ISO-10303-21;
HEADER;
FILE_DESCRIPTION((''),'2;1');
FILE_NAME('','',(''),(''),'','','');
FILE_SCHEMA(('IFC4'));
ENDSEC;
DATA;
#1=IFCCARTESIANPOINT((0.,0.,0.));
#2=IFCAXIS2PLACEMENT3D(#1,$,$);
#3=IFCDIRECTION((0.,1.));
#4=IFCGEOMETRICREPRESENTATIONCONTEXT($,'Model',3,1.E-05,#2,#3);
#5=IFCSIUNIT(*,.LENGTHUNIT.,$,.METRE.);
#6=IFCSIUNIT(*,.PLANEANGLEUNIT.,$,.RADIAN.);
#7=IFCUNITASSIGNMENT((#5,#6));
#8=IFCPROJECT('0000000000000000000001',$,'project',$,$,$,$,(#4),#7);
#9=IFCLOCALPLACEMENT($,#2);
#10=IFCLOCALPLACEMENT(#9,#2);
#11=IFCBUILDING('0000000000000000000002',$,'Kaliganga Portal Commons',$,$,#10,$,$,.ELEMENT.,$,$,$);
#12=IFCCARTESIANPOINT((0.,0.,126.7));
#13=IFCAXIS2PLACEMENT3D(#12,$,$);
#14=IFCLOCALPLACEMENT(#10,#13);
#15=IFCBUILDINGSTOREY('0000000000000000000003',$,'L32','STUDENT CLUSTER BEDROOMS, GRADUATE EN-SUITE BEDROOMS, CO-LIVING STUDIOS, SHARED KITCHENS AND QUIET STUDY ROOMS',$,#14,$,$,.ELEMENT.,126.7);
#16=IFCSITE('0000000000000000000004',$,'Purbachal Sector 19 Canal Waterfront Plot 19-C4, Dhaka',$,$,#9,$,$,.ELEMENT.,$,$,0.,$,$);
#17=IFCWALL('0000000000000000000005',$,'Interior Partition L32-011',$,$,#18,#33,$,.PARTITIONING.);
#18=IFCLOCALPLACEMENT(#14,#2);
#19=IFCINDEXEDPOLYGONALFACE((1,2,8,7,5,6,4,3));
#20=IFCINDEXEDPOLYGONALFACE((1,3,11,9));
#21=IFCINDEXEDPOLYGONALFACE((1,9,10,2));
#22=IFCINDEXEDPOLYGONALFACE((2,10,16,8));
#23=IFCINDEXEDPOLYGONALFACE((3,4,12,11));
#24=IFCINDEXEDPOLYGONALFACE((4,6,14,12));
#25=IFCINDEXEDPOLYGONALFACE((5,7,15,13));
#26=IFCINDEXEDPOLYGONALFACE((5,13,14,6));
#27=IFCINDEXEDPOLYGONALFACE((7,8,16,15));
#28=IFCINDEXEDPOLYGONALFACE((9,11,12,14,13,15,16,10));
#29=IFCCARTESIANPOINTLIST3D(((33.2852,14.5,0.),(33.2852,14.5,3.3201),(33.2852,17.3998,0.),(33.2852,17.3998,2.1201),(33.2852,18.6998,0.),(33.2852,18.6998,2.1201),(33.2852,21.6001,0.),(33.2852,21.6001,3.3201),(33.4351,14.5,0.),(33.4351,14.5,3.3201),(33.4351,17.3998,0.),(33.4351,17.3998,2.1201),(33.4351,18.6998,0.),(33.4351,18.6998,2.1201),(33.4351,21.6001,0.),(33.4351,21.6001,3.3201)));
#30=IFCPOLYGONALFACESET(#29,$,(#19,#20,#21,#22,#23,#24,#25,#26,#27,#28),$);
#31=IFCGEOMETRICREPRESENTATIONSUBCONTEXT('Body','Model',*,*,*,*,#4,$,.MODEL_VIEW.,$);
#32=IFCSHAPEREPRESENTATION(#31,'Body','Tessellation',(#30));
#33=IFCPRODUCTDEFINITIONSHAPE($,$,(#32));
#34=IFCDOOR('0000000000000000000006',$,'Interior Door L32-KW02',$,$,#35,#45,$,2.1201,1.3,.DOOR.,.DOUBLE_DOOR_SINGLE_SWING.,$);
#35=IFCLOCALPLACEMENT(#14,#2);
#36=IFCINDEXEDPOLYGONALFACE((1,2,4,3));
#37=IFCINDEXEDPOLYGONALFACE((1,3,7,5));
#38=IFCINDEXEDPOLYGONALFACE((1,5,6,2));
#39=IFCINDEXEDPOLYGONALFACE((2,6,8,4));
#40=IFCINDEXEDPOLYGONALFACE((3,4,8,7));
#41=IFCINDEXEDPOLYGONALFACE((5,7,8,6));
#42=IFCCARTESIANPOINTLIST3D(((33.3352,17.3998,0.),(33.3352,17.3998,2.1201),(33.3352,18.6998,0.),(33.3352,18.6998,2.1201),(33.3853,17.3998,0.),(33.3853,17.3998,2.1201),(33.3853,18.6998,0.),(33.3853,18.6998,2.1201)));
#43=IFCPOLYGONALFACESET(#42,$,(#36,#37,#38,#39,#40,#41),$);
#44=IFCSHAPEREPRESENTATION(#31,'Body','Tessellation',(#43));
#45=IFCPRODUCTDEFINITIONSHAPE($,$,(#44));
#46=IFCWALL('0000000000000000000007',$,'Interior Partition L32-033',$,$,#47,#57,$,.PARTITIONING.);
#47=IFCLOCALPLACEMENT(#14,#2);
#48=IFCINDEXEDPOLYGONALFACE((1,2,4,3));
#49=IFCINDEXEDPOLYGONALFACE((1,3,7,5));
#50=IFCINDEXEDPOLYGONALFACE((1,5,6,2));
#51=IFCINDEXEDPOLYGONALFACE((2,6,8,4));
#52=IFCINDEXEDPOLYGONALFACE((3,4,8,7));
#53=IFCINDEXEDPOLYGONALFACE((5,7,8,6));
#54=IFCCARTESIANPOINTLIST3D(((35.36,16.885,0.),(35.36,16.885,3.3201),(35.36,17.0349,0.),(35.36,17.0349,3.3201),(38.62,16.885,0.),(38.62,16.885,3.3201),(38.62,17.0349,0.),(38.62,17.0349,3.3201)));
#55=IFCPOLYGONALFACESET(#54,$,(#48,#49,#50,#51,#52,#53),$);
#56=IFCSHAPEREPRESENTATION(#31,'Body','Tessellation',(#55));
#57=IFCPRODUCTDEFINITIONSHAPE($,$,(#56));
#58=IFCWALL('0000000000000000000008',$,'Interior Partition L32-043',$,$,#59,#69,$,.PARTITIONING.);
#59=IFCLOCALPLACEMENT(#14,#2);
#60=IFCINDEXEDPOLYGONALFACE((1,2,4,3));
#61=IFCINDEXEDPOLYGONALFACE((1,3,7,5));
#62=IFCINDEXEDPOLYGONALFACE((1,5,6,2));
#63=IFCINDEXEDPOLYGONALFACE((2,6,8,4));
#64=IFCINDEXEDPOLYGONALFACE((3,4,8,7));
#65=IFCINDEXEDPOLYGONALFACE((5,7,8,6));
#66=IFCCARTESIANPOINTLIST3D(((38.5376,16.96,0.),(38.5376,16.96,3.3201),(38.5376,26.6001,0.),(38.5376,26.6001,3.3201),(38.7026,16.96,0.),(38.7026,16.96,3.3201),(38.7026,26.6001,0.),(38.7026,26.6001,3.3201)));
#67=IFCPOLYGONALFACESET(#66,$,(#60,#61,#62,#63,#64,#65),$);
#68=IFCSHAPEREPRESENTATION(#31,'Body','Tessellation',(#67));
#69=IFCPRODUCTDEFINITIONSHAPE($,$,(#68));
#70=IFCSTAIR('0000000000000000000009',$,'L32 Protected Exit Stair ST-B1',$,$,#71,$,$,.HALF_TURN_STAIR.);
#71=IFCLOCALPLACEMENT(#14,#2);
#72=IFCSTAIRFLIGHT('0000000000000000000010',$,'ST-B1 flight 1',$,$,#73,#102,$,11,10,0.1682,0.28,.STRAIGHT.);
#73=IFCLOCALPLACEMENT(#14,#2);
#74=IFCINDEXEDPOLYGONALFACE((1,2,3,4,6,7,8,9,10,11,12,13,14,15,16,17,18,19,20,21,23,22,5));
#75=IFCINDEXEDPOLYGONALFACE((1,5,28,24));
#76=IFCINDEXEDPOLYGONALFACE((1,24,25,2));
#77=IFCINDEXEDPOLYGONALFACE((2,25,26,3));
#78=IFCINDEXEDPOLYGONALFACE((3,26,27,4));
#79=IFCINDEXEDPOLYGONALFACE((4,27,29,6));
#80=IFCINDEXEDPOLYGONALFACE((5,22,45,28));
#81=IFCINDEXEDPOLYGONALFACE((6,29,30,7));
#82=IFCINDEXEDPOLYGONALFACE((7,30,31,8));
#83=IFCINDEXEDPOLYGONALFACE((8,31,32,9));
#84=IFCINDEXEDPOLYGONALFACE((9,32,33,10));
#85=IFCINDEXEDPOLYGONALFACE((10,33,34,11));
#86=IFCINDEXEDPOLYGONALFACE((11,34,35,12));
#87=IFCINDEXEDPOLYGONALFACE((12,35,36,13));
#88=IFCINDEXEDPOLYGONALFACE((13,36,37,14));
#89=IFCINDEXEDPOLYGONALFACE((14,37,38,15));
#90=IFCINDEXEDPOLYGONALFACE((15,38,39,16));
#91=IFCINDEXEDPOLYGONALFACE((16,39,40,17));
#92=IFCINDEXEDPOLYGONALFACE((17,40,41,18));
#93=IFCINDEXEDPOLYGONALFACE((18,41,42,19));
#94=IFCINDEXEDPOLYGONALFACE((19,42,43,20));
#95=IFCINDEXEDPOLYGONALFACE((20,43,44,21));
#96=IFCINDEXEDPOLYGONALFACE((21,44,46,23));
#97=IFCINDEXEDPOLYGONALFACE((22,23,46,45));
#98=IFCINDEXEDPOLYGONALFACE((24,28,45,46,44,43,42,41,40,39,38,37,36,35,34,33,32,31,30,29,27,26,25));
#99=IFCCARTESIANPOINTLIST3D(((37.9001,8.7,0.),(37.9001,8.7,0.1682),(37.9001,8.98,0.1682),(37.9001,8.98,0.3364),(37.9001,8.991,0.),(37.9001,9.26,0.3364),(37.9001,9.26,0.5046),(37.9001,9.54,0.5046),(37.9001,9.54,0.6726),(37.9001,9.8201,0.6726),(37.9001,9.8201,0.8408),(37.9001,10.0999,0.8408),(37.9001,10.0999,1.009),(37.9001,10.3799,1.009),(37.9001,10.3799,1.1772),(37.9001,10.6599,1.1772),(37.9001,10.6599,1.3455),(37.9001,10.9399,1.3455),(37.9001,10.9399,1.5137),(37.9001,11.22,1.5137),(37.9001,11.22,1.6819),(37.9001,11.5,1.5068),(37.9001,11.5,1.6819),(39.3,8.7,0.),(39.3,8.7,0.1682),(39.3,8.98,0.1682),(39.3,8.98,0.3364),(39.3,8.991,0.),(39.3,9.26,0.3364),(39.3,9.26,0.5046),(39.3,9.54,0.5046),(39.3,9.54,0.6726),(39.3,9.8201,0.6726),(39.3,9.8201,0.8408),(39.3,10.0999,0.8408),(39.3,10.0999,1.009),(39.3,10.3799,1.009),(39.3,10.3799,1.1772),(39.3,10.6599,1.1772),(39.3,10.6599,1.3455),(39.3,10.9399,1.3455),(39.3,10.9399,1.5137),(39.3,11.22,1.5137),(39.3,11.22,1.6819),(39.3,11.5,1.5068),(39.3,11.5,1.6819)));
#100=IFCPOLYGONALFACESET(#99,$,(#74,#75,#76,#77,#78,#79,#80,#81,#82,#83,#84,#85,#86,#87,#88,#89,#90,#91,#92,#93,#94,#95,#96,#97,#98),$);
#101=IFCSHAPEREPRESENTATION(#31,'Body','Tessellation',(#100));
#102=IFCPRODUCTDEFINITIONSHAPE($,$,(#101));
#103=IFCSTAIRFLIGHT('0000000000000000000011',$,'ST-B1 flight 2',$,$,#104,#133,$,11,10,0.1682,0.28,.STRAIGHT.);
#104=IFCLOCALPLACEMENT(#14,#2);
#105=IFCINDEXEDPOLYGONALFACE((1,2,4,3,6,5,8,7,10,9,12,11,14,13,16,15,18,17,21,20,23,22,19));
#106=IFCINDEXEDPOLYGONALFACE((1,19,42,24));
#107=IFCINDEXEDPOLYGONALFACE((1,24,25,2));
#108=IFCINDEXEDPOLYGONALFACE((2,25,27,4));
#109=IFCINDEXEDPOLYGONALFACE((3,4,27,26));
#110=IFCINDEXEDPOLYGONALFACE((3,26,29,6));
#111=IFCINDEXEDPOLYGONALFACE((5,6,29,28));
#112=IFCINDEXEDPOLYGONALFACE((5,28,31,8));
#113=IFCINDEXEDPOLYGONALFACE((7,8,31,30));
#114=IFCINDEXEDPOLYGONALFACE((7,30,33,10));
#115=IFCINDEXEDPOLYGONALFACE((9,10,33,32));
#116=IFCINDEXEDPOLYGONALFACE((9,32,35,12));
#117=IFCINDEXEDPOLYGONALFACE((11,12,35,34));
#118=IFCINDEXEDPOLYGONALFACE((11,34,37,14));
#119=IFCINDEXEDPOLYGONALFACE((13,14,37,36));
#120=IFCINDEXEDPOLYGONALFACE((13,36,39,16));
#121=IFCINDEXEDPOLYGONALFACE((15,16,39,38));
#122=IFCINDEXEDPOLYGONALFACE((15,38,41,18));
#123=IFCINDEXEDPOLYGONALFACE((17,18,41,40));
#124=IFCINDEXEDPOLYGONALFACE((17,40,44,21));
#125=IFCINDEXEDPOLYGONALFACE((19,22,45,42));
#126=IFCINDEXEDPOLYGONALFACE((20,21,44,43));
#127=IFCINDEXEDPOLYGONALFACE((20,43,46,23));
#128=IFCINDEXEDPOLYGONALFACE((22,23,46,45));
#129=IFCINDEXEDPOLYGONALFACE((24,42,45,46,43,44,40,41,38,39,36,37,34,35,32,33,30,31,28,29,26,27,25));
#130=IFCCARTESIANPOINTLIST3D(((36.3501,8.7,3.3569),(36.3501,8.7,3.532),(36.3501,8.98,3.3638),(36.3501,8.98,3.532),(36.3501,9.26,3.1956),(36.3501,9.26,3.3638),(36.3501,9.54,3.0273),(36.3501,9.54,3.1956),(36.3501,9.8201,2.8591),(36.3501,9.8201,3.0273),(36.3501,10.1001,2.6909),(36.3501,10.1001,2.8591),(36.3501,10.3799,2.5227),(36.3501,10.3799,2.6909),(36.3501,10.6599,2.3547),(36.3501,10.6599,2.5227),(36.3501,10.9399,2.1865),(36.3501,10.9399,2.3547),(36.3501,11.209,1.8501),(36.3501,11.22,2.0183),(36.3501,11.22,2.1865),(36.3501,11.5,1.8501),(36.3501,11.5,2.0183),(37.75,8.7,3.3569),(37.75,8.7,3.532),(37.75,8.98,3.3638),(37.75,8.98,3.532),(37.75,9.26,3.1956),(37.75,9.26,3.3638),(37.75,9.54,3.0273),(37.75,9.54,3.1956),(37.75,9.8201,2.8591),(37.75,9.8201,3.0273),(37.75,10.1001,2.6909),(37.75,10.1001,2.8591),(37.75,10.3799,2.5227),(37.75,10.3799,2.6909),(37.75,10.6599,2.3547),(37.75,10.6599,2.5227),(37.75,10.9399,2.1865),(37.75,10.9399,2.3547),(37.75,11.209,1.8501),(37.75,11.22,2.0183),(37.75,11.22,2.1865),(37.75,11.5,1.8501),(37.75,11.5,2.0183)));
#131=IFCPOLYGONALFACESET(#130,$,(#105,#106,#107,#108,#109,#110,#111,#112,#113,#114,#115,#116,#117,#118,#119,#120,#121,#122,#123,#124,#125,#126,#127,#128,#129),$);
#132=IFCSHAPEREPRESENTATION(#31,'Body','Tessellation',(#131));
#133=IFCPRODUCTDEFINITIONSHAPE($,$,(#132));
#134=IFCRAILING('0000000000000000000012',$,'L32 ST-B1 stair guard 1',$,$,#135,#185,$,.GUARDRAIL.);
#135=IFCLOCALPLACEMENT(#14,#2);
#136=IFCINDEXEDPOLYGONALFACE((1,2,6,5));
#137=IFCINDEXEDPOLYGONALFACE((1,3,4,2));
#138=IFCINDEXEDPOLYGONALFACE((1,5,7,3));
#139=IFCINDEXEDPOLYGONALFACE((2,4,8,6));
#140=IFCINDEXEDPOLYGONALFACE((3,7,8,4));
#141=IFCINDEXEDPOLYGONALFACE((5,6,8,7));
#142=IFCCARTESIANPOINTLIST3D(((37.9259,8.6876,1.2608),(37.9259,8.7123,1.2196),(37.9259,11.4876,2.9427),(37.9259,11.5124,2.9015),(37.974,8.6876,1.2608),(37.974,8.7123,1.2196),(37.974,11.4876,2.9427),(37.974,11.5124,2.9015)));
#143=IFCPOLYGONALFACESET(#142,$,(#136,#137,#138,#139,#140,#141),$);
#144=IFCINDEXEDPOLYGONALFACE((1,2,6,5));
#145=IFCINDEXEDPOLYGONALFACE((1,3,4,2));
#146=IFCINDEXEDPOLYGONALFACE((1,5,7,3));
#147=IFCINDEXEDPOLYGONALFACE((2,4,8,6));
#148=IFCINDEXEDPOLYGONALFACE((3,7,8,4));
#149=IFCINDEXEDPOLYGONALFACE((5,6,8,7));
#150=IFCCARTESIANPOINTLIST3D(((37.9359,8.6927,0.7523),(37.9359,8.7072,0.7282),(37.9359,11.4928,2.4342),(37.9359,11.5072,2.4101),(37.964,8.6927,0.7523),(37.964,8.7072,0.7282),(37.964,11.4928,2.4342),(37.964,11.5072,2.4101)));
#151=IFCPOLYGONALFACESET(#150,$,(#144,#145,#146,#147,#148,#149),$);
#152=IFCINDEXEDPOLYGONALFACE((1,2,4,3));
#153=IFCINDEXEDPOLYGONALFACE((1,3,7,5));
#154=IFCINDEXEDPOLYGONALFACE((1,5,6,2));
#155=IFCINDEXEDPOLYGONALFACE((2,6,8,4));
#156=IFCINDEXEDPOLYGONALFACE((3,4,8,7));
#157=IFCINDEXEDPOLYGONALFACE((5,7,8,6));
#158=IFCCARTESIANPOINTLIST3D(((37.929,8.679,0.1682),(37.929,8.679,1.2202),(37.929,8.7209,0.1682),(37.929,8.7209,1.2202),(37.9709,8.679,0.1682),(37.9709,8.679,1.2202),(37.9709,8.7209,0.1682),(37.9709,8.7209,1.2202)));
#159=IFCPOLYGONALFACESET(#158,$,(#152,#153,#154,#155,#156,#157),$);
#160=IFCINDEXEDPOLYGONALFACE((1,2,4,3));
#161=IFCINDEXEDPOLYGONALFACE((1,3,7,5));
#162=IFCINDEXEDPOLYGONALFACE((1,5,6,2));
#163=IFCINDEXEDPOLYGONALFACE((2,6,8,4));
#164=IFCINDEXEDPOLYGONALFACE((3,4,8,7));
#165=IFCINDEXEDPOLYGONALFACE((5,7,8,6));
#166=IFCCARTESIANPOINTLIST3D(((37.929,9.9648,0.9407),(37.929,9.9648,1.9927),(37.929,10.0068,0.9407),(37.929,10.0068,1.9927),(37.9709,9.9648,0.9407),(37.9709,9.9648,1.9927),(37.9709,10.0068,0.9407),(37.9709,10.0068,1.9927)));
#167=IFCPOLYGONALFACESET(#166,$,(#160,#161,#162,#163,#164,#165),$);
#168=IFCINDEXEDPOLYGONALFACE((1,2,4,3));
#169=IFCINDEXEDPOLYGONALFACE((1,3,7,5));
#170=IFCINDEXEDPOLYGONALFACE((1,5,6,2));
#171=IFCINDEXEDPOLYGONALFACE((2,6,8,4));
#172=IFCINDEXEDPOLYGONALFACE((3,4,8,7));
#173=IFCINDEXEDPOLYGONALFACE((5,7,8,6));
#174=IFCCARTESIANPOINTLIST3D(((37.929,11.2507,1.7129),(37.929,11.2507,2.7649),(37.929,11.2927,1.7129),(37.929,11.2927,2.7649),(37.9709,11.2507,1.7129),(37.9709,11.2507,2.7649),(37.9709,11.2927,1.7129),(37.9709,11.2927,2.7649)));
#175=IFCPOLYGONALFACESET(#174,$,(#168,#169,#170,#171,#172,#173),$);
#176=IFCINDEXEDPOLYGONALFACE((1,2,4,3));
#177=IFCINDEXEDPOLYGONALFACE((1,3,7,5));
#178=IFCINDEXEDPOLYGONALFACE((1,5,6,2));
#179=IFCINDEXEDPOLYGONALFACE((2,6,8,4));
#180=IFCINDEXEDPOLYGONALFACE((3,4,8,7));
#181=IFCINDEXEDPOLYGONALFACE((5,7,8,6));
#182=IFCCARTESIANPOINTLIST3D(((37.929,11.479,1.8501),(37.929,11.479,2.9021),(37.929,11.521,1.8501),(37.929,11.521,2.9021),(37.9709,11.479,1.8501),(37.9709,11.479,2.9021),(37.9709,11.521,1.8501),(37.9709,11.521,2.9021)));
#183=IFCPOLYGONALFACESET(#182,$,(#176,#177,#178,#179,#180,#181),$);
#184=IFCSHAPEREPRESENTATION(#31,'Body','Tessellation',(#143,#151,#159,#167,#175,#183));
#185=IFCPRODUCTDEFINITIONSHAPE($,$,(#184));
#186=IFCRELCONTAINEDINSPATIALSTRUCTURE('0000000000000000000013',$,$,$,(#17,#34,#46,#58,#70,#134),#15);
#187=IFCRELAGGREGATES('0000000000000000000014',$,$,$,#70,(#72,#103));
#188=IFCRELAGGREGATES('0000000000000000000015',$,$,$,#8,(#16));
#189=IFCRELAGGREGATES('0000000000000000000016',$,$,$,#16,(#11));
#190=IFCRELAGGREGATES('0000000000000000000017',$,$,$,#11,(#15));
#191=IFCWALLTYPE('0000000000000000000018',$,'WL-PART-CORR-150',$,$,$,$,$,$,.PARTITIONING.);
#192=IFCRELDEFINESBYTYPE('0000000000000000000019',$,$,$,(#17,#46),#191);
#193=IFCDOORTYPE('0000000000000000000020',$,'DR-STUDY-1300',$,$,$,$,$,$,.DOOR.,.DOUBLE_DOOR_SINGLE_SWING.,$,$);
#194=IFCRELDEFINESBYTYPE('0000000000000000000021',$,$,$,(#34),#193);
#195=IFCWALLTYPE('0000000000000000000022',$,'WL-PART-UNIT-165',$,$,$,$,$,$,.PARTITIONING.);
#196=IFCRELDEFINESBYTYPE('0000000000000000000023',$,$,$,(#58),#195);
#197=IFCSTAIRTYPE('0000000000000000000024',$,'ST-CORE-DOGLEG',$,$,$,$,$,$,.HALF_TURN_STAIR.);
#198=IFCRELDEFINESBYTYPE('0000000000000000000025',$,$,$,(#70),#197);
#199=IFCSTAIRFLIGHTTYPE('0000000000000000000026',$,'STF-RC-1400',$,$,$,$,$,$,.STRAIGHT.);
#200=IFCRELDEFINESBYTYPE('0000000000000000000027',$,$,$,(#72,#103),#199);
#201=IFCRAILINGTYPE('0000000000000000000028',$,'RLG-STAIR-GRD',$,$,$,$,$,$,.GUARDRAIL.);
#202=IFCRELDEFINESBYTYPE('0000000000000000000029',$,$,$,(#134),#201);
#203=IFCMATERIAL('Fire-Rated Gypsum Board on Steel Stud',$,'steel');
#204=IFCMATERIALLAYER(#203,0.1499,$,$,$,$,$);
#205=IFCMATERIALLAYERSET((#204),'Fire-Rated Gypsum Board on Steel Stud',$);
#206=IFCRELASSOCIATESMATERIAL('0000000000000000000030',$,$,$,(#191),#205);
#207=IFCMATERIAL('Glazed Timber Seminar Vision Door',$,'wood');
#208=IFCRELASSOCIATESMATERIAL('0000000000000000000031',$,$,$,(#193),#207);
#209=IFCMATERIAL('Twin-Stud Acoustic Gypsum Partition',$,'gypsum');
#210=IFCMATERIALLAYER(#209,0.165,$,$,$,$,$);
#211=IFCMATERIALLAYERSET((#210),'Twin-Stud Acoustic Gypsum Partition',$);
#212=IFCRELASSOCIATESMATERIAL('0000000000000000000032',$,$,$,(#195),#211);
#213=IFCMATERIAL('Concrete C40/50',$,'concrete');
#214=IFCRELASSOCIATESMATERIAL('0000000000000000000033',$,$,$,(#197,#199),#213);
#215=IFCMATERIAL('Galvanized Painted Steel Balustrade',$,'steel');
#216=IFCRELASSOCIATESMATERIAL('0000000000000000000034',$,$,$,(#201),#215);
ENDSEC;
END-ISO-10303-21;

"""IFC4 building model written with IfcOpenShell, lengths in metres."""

from ifc_helpers import new_model, si_unit, direction, frame, frame_2d, origin, origin_2d, place, context, subcontext, project, spatial, polyline, rectangle, outline, extrude, material, layer, layer_set, type_object, element, fill, aggregate, save


model = new_model("IFC4")

# Units and contexts
model_context = context("Model", 3, precision=1e-05, world=origin(), true_north=direction((0.0, 1.0)))
body_context = subcontext(model_context, "Body", "Model", "MODEL_VIEW")
ifc_project = project(units=[si_unit("LENGTHUNIT", "METRE"), si_unit("PLANEANGLEUNIT", "RADIAN")], contexts=[model_context])

# Site, building, storey
site_placement = place(None, origin())
site = spatial("IfcSite", under=ifc_project, at=site_placement, Name="Purbachal Sector 19 Canal Waterfront Plot 19-C4, Dhaka", CompositionType="ELEMENT", RefElevation=0.0)
building_placement = place(site_placement, origin())
building = spatial("IfcBuilding", under=site, at=building_placement, Name="Kaliganga Portal Commons", CompositionType="ELEMENT")
storey_placement = place(building_placement, frame((0.0, 0.0, 126.7)))
storey = spatial("IfcBuildingStorey", under=building, at=storey_placement, Name="L32", Description="STUDENT CLUSTER BEDROOMS, GRADUATE EN-SUITE BEDROOMS, CO-LIVING STUDIOS, SHARED KITCHENS AND QUIET STUDY ROOMS", CompositionType="ELEMENT", Elevation=126.7)

# Wall, opening, door
ifc_material_1 = material(Name="Fire-Rated Gypsum Board on Steel Stud", Category="steel")
ifc_layer_1 = layer(ifc_material_1, 0.1499)
ifc_layer_set_1 = layer_set([ifc_layer_1], Name="Fire-Rated Gypsum Board on Steel Stud")
wall_type_1 = type_object("IfcWallType", Name="WL-PART-CORR-150", PredefinedType="PARTITIONING", material=ifc_layer_set_1)
ifc_material_2 = material(Name="Glazed Timber Seminar Vision Door", Category="wood")
door_type = type_object("IfcDoorType", Name="DR-STUDY-1300", OperationType="DOUBLE_DOOR_SINGLE_SWING", PredefinedType="DOOR", material=ifc_material_2)
wall_1_placement = place(storey_placement, frame((33.3601, 14.5, 0.0), z_axis=(0.0, 0.0, 1.0), x_axis=(0.0, 1.0, 0.0)))
wall_1 = element("IfcWall", 1, at=wall_1_placement, inside=storey, type_object=wall_type_1, Name="Interior Partition L32-011", PredefinedType="PARTITIONING", context=body_context, shape_type="SweptSolid", body=[
    extrude(rectangle(XDim=7.1001, YDim=0.1499, at=frame_2d((3.55, 0.0))), origin(), (0.0, 0.0, 1.0), 3.3201),
])
opening_1_placement = place(wall_1_placement, frame((2.8999, 0.0, 0.0)))
opening_1 = element("IfcOpeningElement", 2, at=opening_1_placement, cuts=wall_1, PredefinedType="OPENING", context=body_context, shape_type="SweptSolid", body=[
    extrude(rectangle(XDim=1.3, YDim=2.1201, at=frame_2d((0.6499, 1.0601))), frame((0.0, 0.085, 0.0), z_axis=(0.0, -1.0, 0.0), x_axis=(1.0, 0.0, 0.0)), (0.0, 0.0, 1.0), 0.1699),
])
door_1_placement = place(opening_1_placement, origin())
door_1 = element("IfcDoor", 3, at=door_1_placement, inside=storey, type_object=door_type, Name="Interior Door L32-KW02", OperationType="DOUBLE_DOOR_SINGLE_SWING", OverallHeight=2.1201, OverallWidth=1.3, PredefinedType="DOOR", context=body_context, shape_type="SweptSolid", body=[
    extrude(rectangle(XDim=1.3, YDim=2.1201, at=frame_2d((0.6499, 1.0601))), frame((0.0, 0.0249, 0.0), z_axis=(0.0, -1.0, 0.0), x_axis=(1.0, 0.0, 0.0)), (0.0, 0.0, 1.0), 0.05),
])
fill(opening_1, door_1)

# Walls
wall_2_placement = place(storey_placement, frame((35.3601, 16.96, 0.0), z_axis=(0.0, 0.0, 1.0), x_axis=(1.0, 0.0, 0.0)))
element("IfcWall", 4, at=wall_2_placement, inside=storey, type_object=wall_type_1, Name="Interior Partition L32-033", PredefinedType="PARTITIONING", context=body_context, shape_type="SweptSolid", body=[
    extrude(rectangle(XDim=3.26, YDim=0.1499, at=frame_2d((1.6299, 0.0))), origin(), (0.0, 0.0, 1.0), 3.3201),
])
ifc_material_3 = material(Name="Twin-Stud Acoustic Gypsum Partition", Category="gypsum")
ifc_layer_2 = layer(ifc_material_3, 0.165)
ifc_layer_set_2 = layer_set([ifc_layer_2], Name="Twin-Stud Acoustic Gypsum Partition")
wall_type_2 = type_object("IfcWallType", Name="WL-PART-UNIT-165", PredefinedType="PARTITIONING", material=ifc_layer_set_2)
wall_3_placement = place(storey_placement, frame((38.6201, 16.96, 0.0), z_axis=(0.0, 0.0, 1.0), x_axis=(0.0, 1.0, 0.0)))
element("IfcWall", 5, at=wall_3_placement, inside=storey, type_object=wall_type_2, Name="Interior Partition L32-043", PredefinedType="PARTITIONING", context=body_context, shape_type="SweptSolid", body=[
    extrude(rectangle(XDim=9.6401, YDim=0.165, at=frame_2d((4.8201, 0.0))), origin(), (0.0, 0.0, 1.0), 3.3201),
])

# Stair, stair flights
ifc_material_4 = material(Name="Concrete C40/50", Category="concrete")
stair_type = type_object("IfcStairType", Name="ST-CORE-DOGLEG", PredefinedType="HALF_TURN_STAIR", material=ifc_material_4)
stair_placement = place(storey_placement, origin())
stair = element("IfcStair", 6, at=stair_placement, inside=storey, type_object=stair_type, Name="L32 Protected Exit Stair ST-B1", PredefinedType="HALF_TURN_STAIR")
stair_flight_type = type_object("IfcStairFlightType", Name="STF-RC-1400", PredefinedType="STRAIGHT", material=ifc_material_4)
stair_flight_1_placement = place(storey_placement, frame((38.6001, 8.7, 0.0), z_axis=(0.0, 0.0, 1.0), x_axis=(0.0, 1.0, 0.0)))
stair_flight_1 = element("IfcStairFlight", 7, at=stair_flight_1_placement, type_object=stair_flight_type, Name="ST-B1 flight 1", NumberOfRisers=11, NumberOfTreads=10, PredefinedType="STRAIGHT", RiserHeight=0.1682, TreadLength=0.28, context=body_context, shape_type="SweptSolid", body=[
    extrude(outline(polyline([(0.0, 0.0), (0.0, 0.1682), (0.28, 0.1682), (0.28, 0.3364), (0.5601, 0.3364), (0.5601, 0.5046), (0.8401, 0.5046), (0.8401, 0.6726), (1.1201, 0.6726), (1.1201, 0.8408), (1.3999, 0.8408), (1.3999, 1.009), (1.6799, 1.009), (1.6799, 1.1772), (1.96, 1.1772), (1.96, 1.3455), (2.24, 1.3455), (2.24, 1.5137), (2.52, 1.5137), (2.52, 1.6819), (2.8, 1.6819), (2.8, 1.8501), (2.8, 1.5068), (0.291, 0.0), (0.0, 0.0)])), frame((0.0, 0.7, 0.0), z_axis=(0.0, -1.0, 0.0), x_axis=(1.0, 0.0, 0.0)), (0.0, 0.0, 1.0), 1.3999),
])
stair_flight_2_placement = place(storey_placement, frame((37.05, 11.5, 1.8501), z_axis=(0.0, 0.0, 1.0), x_axis=(0.0, -1.0, 0.0)))
stair_flight_2 = element("IfcStairFlight", 8, at=stair_flight_2_placement, type_object=stair_flight_type, Name="ST-B1 flight 2", NumberOfRisers=11, NumberOfTreads=10, PredefinedType="STRAIGHT", RiserHeight=0.1682, TreadLength=0.28, context=body_context, shape_type="SweptSolid", body=[
    extrude(outline(polyline([(0.0, 0.0), (0.0, 0.1682), (0.28, 0.1682), (0.28, 0.3364), (0.5601, 0.3364), (0.5601, 0.5046), (0.8401, 0.5046), (0.8401, 0.6726), (1.1201, 0.6726), (1.1201, 0.8408), (1.3999, 0.8408), (1.3999, 1.009), (1.6799, 1.009), (1.6799, 1.1772), (1.96, 1.1772), (1.96, 1.3455), (2.24, 1.3455), (2.24, 1.5137), (2.52, 1.5137), (2.52, 1.6819), (2.8, 1.6819), (2.8, 1.8501), (2.8, 1.5068), (0.291, 0.0), (0.0, 0.0)])), frame((0.0, 0.7, 0.0), z_axis=(0.0, -1.0, 0.0), x_axis=(1.0, 0.0, 0.0)), (0.0, 0.0, 1.0), 1.3999),
])
aggregate(stair, [stair_flight_1, stair_flight_2])

# Railing
ifc_material_5 = material(Name="Galvanized Painted Steel Balustrade", Category="steel")
railing_type_1 = type_object("IfcRailingType", Name="RLG-STAIR-GRD", PredefinedType="GUARDRAIL", material=ifc_material_5)
railing_1_placement = place(storey_placement, frame((37.95, 8.7, 0.1682)))
element("IfcRailing", 9, at=railing_1_placement, inside=storey, type_object=railing_type_1, Name="L32 ST-B1 stair guard 1", PredefinedType="GUARDRAIL", context=body_context, shape_type="SweptSolid", body=[
    extrude(rectangle(XDim=0.0481, YDim=0.0481, at=origin_2d()), frame((0.0, 0.0, 1.072), z_axis=(0.0, 0.857242, 0.514913), x_axis=(-1.0, 0.0, 0.0)), (0.0, 0.0, 1.0), 3.2664),
    extrude(rectangle(XDim=0.0281, YDim=0.0281, at=origin_2d()), frame((0.0, 0.0, 0.572), z_axis=(0.0, 0.857242, 0.514913), x_axis=(-1.0, 0.0, 0.0)), (0.0, 0.0, 1.0), 3.2664),
    extrude(rectangle(XDim=0.042, YDim=0.042, at=origin_2d()), origin(), (0.0, 0.0, 1.0), 1.052),
    extrude(rectangle(XDim=0.042, YDim=0.042, at=origin_2d()), frame((0.0, 1.2859, 0.7725)), (0.0, 0.0, 1.0), 1.052),
    extrude(rectangle(XDim=0.042, YDim=0.042, at=origin_2d()), frame((0.0, 2.5718, 1.5447)), (0.0, 0.0, 1.0), 1.052),
    extrude(rectangle(XDim=0.042, YDim=0.042, at=origin_2d()), frame((0.0, 2.8, 1.6819)), (0.0, 0.0, 1.0), 1.052),
])

save(model, "model.ifc")
